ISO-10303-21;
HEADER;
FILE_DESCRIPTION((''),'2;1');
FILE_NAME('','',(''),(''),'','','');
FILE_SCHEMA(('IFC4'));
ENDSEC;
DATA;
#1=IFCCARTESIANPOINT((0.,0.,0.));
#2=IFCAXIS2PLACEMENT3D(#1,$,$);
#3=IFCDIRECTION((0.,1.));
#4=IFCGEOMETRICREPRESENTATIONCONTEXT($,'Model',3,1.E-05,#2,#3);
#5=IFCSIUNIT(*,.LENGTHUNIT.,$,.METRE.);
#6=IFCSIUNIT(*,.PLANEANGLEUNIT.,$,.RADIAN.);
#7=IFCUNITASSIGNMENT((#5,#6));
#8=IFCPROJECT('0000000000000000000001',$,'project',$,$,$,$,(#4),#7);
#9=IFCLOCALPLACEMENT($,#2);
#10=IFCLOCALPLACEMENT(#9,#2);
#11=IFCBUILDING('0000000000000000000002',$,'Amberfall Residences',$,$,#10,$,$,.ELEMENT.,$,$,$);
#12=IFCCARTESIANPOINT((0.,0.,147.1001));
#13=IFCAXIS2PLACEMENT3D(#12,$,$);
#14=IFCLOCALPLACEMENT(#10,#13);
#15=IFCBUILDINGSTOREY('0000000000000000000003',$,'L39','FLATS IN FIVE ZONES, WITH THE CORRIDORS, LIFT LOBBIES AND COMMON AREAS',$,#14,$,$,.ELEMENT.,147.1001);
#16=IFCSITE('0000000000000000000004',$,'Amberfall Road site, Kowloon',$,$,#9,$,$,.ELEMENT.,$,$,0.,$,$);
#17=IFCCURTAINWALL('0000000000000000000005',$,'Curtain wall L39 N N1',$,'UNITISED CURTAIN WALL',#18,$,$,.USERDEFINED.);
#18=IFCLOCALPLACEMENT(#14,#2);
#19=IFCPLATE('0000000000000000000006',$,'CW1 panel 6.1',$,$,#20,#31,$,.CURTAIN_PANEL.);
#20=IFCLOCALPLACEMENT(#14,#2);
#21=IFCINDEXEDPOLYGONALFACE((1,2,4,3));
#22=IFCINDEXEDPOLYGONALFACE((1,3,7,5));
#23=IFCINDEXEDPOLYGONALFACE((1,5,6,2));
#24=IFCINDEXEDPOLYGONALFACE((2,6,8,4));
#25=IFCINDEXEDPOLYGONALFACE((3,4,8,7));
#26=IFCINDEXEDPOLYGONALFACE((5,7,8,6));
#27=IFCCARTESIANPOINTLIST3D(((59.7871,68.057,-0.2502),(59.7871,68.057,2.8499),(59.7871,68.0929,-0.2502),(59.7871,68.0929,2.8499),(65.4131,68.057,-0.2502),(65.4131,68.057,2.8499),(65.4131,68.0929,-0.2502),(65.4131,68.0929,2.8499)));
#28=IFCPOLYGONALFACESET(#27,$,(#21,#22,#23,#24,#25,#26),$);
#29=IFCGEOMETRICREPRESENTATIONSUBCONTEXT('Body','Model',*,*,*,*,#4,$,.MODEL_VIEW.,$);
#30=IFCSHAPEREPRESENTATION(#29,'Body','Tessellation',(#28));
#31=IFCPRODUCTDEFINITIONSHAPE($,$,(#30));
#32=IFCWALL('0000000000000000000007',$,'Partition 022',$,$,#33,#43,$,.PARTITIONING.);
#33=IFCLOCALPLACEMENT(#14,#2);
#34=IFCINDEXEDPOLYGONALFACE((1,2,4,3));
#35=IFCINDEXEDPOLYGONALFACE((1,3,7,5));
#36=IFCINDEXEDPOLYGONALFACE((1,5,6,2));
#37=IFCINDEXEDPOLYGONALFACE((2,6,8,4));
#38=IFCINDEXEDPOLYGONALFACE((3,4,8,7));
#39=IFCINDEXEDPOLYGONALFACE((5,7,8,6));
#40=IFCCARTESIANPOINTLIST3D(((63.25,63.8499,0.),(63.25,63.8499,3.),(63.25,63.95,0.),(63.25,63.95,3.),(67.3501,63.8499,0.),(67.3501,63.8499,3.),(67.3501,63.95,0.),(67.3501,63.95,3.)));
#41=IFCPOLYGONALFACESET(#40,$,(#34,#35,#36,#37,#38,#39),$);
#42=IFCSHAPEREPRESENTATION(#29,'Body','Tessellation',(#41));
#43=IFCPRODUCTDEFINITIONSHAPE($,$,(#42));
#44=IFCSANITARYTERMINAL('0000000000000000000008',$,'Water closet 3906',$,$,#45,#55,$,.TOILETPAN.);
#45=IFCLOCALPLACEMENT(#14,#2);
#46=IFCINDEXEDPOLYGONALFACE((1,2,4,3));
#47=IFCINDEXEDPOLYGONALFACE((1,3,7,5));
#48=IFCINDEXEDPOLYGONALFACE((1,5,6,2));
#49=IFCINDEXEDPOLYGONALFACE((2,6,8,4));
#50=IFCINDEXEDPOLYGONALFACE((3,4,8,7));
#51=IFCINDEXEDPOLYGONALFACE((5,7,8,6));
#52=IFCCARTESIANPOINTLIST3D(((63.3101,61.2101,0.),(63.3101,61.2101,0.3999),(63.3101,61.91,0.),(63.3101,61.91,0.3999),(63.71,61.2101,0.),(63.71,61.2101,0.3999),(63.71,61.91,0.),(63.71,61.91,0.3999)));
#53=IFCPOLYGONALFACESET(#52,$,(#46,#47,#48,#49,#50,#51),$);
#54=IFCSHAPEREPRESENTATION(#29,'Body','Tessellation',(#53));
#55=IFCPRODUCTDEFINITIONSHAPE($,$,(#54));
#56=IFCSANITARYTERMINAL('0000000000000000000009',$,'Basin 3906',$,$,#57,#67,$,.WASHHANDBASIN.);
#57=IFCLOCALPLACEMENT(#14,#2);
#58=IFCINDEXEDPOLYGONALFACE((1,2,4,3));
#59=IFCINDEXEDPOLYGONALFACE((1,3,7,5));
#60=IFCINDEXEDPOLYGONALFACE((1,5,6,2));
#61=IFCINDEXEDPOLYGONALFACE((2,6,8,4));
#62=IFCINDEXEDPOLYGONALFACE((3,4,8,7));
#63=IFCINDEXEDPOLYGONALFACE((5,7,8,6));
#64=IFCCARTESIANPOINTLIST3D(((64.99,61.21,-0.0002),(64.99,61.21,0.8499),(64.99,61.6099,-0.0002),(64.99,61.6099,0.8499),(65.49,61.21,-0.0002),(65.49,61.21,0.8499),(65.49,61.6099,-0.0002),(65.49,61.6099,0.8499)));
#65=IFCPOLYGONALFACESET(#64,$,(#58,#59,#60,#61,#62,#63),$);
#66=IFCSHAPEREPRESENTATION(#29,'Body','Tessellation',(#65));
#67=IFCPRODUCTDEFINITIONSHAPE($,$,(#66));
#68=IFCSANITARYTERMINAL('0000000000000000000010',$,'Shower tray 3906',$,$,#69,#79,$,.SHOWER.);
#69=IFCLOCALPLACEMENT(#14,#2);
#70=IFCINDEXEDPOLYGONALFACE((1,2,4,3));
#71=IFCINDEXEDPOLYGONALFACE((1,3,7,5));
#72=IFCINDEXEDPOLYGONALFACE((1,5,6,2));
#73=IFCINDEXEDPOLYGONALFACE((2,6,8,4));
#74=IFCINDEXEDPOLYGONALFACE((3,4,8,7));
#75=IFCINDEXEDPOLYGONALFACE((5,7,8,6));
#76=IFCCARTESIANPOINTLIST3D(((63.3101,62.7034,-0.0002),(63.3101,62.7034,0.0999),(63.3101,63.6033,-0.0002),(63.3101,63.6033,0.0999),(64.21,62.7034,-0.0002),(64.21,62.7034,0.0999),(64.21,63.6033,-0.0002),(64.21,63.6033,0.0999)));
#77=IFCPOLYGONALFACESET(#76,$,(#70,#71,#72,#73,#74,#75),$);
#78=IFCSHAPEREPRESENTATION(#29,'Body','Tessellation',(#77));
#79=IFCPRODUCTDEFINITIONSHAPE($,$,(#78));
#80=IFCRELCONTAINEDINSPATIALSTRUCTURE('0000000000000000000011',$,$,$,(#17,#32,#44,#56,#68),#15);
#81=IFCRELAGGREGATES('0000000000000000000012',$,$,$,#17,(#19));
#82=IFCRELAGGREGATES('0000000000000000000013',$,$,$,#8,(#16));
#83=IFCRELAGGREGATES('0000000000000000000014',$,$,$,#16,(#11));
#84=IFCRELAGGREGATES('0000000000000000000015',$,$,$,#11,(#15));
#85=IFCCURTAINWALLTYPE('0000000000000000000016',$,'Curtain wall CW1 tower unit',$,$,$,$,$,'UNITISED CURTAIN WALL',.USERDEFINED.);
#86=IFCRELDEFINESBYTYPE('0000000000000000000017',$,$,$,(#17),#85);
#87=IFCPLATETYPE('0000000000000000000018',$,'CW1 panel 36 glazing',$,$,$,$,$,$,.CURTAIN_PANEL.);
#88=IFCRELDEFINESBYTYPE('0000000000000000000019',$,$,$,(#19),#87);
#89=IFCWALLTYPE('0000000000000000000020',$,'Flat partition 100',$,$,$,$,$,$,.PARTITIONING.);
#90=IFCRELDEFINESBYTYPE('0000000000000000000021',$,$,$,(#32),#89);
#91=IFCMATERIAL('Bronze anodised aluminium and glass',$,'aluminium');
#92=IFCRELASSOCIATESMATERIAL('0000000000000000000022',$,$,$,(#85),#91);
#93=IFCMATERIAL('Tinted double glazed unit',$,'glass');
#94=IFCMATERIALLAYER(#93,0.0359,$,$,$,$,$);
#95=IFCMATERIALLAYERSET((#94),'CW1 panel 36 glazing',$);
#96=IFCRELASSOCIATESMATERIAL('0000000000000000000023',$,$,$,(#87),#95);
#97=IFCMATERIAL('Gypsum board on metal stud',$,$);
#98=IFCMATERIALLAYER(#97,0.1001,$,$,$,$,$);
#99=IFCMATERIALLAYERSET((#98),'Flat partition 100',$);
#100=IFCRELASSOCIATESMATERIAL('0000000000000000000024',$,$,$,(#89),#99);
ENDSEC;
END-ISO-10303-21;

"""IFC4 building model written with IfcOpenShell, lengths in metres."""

from ifc_helpers import new_model, si_unit, direction, frame, frame_2d, origin, origin_2d, place, context, subcontext, project, spatial, rectangle, extrude, material, layer, layer_set, type_object, element, aggregate, save


model = new_model("IFC4")

# Units and contexts
model_context = context("Model", 3, precision=1e-05, world=origin(), true_north=direction((0.0, 1.0)))
body_context = subcontext(model_context, "Body", "Model", "MODEL_VIEW")
ifc_project = project(units=[si_unit("LENGTHUNIT", "METRE"), si_unit("PLANEANGLEUNIT", "RADIAN")], contexts=[model_context])

# Site, building, storey
site_placement = place(None, origin())
site = spatial("IfcSite", under=ifc_project, at=site_placement, Name="Amberfall Road site, Kowloon", CompositionType="ELEMENT", RefElevation=0.0)
building_placement = place(site_placement, origin())
building = spatial("IfcBuilding", under=site, at=building_placement, Name="Amberfall Residences", CompositionType="ELEMENT")
storey_placement = place(building_placement, frame((0.0, 0.0, 147.1001)))
storey = spatial("IfcBuildingStorey", under=building, at=storey_placement, Name="L39", Description="FLATS IN FIVE ZONES, WITH THE CORRIDORS, LIFT LOBBIES AND COMMON AREAS", CompositionType="ELEMENT", Elevation=147.1001)

# Curtain wall
ifc_material_1 = material(Name="Bronze anodised aluminium and glass", Category="aluminium")
curtain_wall_type = type_object("IfcCurtainWallType", Name="Curtain wall CW1 tower unit", ElementType="UNITISED CURTAIN WALL", PredefinedType="USERDEFINED", material=ifc_material_1)
curtain_wall_placement = place(storey_placement, origin())
curtain_wall = element("IfcCurtainWall", 1, at=curtain_wall_placement, inside=storey, type_object=curtain_wall_type, Name="Curtain wall L39 N N1", ObjectType="UNITISED CURTAIN WALL", PredefinedType="USERDEFINED")

# Plate
ifc_material_2 = material(Name="Tinted double glazed unit", Category="glass")
ifc_layer_1 = layer(ifc_material_2, 0.0359)
ifc_layer_set_1 = layer_set([ifc_layer_1], Name="CW1 panel 36 glazing")
plate_type = type_object("IfcPlateType", Name="CW1 panel 36 glazing", PredefinedType="CURTAIN_PANEL", material=ifc_layer_set_1)
plate_1_placement = place(storey_placement, frame((62.6001, 68.075, -0.2502), z_axis=(0.0, 0.0, 1.0), x_axis=(-1.0, 0.0, 0.0)))
plate_1 = element("IfcPlate", 2, at=plate_1_placement, type_object=plate_type, Name="CW1 panel 6.1", PredefinedType="CURTAIN_PANEL", context=body_context, shape_type="SweptSolid", body=[
    extrude(rectangle(XDim=5.626, YDim=0.0359, at=origin_2d()), origin(), (0.0, 0.0, 1.0), 3.1001),
])
aggregate(curtain_wall, [plate_1])

# Wall
ifc_material_3 = material(Name="Gypsum board on metal stud")
ifc_layer_2 = layer(ifc_material_3, 0.1001)
ifc_layer_set_2 = layer_set([ifc_layer_2], Name="Flat partition 100")
wall_type = type_object("IfcWallType", Name="Flat partition 100", PredefinedType="PARTITIONING", material=ifc_layer_set_2)
wall_placement = place(storey_placement, frame((63.25, 63.8999, 0.0), z_axis=(0.0, 0.0, 1.0), x_axis=(1.0, 0.0, 0.0)))
element("IfcWall", 3, at=wall_placement, inside=storey, type_object=wall_type, Name="Partition 022", PredefinedType="PARTITIONING", context=body_context, shape_type="SweptSolid", body=[
    extrude(rectangle(XDim=4.1001, YDim=0.1001, at=frame_2d((2.05, 0.0))), origin(), (0.0, 0.0, 1.0), 3.0),
])

# Sanitary terminals
sanitary_terminal_1_placement = place(storey_placement, frame((63.51, 61.5601, 0.0), z_axis=(0.0, 0.0, 1.0), x_axis=(1.0, 0.0, 0.0)))
element("IfcSanitaryTerminal", 4, at=sanitary_terminal_1_placement, inside=storey, Name="Water closet 3906", PredefinedType="TOILETPAN", context=body_context, shape_type="SweptSolid", body=[
    extrude(rectangle(XDim=0.3999, YDim=0.7, at=origin_2d()), origin(), (0.0, 0.0, 1.0), 0.3999),
])
sanitary_terminal_2_placement = place(storey_placement, frame((65.24, 61.4099, -0.0002), z_axis=(0.0, 0.0, 1.0), x_axis=(1.0, 0.0, 0.0)))
element("IfcSanitaryTerminal", 5, at=sanitary_terminal_2_placement, inside=storey, Name="Basin 3906", PredefinedType="WASHHANDBASIN", context=body_context, shape_type="SweptSolid", body=[
    extrude(rectangle(XDim=0.5, YDim=0.3999, at=origin_2d()), origin(), (0.0, 0.0, 1.0), 0.8501),
])
sanitary_terminal_3_placement = place(storey_placement, frame((63.76, 63.1533, -0.0002), z_axis=(0.0, 0.0, 1.0), x_axis=(1.0, 0.0, 0.0)))
element("IfcSanitaryTerminal", 6, at=sanitary_terminal_3_placement, inside=storey, Name="Shower tray 3906", PredefinedType="SHOWER", context=body_context, shape_type="SweptSolid", body=[
    extrude(rectangle(XDim=0.8999, YDim=0.8999, at=origin_2d()), origin(), (0.0, 0.0, 1.0), 0.1001),
])

save(model, "model.ifc")
